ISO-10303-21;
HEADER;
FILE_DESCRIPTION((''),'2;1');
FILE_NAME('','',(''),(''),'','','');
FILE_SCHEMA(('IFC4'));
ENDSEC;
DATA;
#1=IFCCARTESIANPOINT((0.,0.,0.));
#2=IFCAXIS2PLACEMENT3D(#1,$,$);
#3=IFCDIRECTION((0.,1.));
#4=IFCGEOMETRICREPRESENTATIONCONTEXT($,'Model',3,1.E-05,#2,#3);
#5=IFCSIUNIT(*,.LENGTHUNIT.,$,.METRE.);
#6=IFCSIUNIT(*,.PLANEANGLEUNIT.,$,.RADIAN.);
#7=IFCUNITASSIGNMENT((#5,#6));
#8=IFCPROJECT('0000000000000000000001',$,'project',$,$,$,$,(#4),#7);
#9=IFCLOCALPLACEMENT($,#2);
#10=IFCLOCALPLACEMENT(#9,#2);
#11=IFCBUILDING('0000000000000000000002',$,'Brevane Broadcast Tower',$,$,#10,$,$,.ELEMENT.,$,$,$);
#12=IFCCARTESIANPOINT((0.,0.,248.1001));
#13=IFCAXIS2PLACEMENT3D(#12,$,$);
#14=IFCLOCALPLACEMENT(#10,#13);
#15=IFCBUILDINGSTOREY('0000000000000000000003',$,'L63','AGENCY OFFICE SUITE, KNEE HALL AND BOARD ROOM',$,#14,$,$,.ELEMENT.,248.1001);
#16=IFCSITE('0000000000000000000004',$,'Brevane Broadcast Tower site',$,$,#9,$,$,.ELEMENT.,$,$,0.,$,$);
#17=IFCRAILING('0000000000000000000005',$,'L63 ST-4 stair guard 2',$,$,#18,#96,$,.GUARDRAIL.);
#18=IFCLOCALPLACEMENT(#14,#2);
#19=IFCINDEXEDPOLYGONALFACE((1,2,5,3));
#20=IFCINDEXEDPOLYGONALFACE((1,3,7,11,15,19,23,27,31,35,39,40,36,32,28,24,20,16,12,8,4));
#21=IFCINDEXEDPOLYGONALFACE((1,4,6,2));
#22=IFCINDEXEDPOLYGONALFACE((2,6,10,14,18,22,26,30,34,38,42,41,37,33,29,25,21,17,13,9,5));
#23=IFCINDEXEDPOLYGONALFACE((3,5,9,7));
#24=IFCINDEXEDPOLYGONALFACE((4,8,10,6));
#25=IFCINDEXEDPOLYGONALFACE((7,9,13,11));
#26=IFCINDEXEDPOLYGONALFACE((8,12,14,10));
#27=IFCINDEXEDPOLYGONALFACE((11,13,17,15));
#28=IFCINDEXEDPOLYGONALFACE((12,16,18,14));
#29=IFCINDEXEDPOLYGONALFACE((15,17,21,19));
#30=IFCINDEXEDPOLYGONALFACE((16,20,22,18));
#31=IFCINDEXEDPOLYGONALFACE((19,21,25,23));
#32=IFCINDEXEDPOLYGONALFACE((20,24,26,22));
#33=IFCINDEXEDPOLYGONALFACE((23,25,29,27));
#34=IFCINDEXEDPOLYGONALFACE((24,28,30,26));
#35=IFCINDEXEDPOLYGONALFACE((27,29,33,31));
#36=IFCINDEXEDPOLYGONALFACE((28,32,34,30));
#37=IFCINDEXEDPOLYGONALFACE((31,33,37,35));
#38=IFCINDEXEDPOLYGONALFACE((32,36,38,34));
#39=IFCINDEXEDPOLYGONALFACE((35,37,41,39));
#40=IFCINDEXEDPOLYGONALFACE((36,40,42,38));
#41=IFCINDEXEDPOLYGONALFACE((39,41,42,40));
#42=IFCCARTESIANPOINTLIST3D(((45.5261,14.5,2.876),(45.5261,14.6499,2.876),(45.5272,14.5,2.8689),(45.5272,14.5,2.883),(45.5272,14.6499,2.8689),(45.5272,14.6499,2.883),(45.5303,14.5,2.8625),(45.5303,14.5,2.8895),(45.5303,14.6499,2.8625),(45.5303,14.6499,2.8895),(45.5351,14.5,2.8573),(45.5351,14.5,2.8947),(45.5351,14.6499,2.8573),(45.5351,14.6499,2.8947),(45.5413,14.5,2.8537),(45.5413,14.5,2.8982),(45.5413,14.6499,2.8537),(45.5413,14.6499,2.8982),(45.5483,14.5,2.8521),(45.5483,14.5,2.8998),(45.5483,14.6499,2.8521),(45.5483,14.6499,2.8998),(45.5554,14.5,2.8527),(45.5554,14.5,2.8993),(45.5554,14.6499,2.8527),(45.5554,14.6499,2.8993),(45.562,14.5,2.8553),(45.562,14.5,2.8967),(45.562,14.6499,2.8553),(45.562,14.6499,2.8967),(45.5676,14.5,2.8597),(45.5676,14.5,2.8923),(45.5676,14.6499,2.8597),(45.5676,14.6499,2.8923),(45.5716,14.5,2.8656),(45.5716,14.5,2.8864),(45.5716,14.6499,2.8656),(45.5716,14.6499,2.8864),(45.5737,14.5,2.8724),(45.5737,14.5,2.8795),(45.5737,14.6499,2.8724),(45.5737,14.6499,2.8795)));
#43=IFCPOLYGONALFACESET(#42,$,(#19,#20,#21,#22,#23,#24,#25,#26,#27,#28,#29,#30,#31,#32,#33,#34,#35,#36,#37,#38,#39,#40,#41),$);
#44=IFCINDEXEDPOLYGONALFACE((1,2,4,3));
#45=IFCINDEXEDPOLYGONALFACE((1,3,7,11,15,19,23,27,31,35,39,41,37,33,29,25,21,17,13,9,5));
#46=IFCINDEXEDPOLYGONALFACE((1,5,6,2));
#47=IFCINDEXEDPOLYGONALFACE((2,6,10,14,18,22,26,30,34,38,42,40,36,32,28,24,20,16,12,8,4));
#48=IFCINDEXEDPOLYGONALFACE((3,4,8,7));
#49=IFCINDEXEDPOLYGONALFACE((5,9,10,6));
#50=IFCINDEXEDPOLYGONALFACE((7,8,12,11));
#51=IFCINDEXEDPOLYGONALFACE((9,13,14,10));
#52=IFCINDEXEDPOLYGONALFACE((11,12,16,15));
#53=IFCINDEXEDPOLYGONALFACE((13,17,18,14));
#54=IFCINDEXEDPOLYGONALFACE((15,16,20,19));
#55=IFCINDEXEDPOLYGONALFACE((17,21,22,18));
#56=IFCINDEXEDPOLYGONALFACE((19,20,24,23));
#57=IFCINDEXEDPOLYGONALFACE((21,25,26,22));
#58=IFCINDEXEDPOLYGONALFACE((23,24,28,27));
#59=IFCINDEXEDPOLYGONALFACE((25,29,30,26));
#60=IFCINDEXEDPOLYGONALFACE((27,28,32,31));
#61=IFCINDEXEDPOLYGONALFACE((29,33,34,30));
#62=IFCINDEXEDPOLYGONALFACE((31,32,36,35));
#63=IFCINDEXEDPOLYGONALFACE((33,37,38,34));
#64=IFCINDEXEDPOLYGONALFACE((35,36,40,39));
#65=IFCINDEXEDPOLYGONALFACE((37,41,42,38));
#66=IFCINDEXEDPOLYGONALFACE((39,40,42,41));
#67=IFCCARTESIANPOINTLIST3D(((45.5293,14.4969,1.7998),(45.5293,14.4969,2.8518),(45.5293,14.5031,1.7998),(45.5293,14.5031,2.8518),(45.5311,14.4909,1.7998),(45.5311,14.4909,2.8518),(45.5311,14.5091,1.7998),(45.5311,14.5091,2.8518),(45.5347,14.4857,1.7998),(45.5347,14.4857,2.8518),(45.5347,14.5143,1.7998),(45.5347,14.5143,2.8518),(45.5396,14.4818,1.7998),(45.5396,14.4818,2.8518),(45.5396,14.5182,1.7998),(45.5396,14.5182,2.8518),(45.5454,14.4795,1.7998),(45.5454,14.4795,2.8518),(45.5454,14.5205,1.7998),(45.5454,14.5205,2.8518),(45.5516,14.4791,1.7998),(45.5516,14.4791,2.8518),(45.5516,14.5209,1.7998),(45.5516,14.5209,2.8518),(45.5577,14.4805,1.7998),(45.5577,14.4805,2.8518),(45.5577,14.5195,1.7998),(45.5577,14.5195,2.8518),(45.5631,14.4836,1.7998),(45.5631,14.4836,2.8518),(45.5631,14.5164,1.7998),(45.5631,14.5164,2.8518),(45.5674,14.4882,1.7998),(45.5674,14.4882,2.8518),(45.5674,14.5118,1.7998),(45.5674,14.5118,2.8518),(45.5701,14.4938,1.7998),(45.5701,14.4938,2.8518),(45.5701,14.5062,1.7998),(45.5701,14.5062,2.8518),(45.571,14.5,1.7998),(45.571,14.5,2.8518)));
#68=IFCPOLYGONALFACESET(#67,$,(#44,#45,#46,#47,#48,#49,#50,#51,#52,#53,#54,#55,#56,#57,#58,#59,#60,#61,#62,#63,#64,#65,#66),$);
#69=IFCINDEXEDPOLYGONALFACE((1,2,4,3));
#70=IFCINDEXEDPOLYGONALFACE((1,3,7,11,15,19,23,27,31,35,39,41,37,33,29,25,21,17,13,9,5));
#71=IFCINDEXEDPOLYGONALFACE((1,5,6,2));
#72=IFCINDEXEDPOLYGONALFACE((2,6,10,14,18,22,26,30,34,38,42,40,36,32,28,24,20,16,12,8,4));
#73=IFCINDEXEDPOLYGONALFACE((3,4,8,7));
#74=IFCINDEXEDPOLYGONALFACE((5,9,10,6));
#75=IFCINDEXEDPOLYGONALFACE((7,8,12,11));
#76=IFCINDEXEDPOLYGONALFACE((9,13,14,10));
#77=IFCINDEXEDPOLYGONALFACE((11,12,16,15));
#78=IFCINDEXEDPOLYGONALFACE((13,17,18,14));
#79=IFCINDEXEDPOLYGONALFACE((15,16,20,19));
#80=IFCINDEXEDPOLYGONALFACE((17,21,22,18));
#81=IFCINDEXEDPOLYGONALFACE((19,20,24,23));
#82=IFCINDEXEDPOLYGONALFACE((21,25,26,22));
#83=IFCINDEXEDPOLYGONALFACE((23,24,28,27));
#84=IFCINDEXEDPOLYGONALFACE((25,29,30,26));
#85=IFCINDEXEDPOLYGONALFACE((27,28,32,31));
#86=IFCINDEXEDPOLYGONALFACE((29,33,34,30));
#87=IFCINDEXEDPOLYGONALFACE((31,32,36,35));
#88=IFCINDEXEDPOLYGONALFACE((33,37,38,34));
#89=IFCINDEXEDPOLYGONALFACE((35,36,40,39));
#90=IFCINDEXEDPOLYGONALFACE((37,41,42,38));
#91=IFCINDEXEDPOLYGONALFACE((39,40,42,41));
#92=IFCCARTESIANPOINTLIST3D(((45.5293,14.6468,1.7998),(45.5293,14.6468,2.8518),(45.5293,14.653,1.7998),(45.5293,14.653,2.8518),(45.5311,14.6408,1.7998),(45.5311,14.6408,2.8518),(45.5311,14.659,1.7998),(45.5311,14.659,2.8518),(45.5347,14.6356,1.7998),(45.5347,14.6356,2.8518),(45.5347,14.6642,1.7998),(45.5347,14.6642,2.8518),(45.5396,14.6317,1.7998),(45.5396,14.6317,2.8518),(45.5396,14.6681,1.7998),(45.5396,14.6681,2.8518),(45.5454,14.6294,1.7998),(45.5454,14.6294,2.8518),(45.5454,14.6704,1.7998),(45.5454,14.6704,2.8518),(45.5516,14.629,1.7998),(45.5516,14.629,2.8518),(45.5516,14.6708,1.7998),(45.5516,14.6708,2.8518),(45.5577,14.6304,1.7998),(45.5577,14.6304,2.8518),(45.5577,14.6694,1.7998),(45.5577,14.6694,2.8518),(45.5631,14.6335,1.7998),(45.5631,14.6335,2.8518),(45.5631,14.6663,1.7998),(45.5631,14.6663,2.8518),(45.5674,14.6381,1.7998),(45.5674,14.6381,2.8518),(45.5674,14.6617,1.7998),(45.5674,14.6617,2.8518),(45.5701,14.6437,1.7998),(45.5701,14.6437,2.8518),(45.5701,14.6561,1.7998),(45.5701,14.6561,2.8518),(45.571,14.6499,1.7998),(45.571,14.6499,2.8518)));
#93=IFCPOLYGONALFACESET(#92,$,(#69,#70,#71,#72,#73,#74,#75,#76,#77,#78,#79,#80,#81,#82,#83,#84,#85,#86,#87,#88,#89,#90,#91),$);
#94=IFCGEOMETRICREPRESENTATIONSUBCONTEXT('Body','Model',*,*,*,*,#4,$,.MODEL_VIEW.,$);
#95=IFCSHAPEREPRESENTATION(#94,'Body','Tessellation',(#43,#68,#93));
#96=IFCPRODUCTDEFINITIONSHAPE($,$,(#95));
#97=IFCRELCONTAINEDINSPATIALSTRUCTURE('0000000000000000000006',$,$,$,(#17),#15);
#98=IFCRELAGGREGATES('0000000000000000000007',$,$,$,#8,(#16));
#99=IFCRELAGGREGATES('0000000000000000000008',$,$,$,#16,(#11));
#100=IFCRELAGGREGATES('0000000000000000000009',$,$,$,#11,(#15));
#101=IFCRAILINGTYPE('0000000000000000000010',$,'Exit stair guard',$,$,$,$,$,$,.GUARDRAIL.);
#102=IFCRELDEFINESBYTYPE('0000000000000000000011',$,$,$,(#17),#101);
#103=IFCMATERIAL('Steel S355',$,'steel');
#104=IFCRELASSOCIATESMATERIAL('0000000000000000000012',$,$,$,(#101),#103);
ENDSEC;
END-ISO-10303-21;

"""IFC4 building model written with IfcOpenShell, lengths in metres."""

from ifc_helpers import new_model, si_unit, direction, frame, origin, origin_2d, place, context, subcontext, project, spatial, circle, extrude, material, type_object, element, save


model = new_model("IFC4")

# Units and contexts
model_context = context("Model", 3, precision=1e-05, world=origin(), true_north=direction((0.0, 1.0)))
body_context = subcontext(model_context, "Body", "Model", "MODEL_VIEW")
ifc_project = project(units=[si_unit("LENGTHUNIT", "METRE"), si_unit("PLANEANGLEUNIT", "RADIAN")], contexts=[model_context])

# Site, building, storey
site_placement = place(None, origin())
site = spatial("IfcSite", under=ifc_project, at=site_placement, Name="Brevane Broadcast Tower site", CompositionType="ELEMENT", RefElevation=0.0)
building_placement = place(site_placement, origin())
building = spatial("IfcBuilding", under=site, at=building_placement, Name="Brevane Broadcast Tower", CompositionType="ELEMENT")
storey_placement = place(building_placement, frame((0.0, 0.0, 248.1001)))
storey = spatial("IfcBuildingStorey", under=building, at=storey_placement, Name="L63", Description="AGENCY OFFICE SUITE, KNEE HALL AND BOARD ROOM", CompositionType="ELEMENT", Elevation=248.1001)

# Railing
ifc_material_1 = material(Name="Steel S355", Category="steel")
railing_type_1 = type_object("IfcRailingType", Name="Exit stair guard", PredefinedType="GUARDRAIL", material=ifc_material_1)
railing_1_placement = place(storey_placement, frame((45.55, 14.5, 1.7998)))
element("IfcRailing", 1, at=railing_1_placement, inside=storey, type_object=railing_type_1, Name="L63 ST-4 stair guard 2", PredefinedType="GUARDRAIL", context=body_context, shape_type="SweptSolid", body=[
    extrude(circle(Radius=0.0239, at=origin_2d()), frame((0.0, 0.0, 1.0762), z_axis=(0.0, 1.0, 0.0), x_axis=(-1.0, 0.0, 0.0)), (0.0, 0.0, 1.0), 0.1499),
    extrude(circle(Radius=0.021, at=origin_2d()), origin(), (0.0, 0.0, 1.0), 1.052),
    extrude(circle(Radius=0.021, at=origin_2d()), frame((0.0, 0.1499, 0.0)), (0.0, 0.0, 1.0), 1.052),
])

save(model, "model.ifc")
